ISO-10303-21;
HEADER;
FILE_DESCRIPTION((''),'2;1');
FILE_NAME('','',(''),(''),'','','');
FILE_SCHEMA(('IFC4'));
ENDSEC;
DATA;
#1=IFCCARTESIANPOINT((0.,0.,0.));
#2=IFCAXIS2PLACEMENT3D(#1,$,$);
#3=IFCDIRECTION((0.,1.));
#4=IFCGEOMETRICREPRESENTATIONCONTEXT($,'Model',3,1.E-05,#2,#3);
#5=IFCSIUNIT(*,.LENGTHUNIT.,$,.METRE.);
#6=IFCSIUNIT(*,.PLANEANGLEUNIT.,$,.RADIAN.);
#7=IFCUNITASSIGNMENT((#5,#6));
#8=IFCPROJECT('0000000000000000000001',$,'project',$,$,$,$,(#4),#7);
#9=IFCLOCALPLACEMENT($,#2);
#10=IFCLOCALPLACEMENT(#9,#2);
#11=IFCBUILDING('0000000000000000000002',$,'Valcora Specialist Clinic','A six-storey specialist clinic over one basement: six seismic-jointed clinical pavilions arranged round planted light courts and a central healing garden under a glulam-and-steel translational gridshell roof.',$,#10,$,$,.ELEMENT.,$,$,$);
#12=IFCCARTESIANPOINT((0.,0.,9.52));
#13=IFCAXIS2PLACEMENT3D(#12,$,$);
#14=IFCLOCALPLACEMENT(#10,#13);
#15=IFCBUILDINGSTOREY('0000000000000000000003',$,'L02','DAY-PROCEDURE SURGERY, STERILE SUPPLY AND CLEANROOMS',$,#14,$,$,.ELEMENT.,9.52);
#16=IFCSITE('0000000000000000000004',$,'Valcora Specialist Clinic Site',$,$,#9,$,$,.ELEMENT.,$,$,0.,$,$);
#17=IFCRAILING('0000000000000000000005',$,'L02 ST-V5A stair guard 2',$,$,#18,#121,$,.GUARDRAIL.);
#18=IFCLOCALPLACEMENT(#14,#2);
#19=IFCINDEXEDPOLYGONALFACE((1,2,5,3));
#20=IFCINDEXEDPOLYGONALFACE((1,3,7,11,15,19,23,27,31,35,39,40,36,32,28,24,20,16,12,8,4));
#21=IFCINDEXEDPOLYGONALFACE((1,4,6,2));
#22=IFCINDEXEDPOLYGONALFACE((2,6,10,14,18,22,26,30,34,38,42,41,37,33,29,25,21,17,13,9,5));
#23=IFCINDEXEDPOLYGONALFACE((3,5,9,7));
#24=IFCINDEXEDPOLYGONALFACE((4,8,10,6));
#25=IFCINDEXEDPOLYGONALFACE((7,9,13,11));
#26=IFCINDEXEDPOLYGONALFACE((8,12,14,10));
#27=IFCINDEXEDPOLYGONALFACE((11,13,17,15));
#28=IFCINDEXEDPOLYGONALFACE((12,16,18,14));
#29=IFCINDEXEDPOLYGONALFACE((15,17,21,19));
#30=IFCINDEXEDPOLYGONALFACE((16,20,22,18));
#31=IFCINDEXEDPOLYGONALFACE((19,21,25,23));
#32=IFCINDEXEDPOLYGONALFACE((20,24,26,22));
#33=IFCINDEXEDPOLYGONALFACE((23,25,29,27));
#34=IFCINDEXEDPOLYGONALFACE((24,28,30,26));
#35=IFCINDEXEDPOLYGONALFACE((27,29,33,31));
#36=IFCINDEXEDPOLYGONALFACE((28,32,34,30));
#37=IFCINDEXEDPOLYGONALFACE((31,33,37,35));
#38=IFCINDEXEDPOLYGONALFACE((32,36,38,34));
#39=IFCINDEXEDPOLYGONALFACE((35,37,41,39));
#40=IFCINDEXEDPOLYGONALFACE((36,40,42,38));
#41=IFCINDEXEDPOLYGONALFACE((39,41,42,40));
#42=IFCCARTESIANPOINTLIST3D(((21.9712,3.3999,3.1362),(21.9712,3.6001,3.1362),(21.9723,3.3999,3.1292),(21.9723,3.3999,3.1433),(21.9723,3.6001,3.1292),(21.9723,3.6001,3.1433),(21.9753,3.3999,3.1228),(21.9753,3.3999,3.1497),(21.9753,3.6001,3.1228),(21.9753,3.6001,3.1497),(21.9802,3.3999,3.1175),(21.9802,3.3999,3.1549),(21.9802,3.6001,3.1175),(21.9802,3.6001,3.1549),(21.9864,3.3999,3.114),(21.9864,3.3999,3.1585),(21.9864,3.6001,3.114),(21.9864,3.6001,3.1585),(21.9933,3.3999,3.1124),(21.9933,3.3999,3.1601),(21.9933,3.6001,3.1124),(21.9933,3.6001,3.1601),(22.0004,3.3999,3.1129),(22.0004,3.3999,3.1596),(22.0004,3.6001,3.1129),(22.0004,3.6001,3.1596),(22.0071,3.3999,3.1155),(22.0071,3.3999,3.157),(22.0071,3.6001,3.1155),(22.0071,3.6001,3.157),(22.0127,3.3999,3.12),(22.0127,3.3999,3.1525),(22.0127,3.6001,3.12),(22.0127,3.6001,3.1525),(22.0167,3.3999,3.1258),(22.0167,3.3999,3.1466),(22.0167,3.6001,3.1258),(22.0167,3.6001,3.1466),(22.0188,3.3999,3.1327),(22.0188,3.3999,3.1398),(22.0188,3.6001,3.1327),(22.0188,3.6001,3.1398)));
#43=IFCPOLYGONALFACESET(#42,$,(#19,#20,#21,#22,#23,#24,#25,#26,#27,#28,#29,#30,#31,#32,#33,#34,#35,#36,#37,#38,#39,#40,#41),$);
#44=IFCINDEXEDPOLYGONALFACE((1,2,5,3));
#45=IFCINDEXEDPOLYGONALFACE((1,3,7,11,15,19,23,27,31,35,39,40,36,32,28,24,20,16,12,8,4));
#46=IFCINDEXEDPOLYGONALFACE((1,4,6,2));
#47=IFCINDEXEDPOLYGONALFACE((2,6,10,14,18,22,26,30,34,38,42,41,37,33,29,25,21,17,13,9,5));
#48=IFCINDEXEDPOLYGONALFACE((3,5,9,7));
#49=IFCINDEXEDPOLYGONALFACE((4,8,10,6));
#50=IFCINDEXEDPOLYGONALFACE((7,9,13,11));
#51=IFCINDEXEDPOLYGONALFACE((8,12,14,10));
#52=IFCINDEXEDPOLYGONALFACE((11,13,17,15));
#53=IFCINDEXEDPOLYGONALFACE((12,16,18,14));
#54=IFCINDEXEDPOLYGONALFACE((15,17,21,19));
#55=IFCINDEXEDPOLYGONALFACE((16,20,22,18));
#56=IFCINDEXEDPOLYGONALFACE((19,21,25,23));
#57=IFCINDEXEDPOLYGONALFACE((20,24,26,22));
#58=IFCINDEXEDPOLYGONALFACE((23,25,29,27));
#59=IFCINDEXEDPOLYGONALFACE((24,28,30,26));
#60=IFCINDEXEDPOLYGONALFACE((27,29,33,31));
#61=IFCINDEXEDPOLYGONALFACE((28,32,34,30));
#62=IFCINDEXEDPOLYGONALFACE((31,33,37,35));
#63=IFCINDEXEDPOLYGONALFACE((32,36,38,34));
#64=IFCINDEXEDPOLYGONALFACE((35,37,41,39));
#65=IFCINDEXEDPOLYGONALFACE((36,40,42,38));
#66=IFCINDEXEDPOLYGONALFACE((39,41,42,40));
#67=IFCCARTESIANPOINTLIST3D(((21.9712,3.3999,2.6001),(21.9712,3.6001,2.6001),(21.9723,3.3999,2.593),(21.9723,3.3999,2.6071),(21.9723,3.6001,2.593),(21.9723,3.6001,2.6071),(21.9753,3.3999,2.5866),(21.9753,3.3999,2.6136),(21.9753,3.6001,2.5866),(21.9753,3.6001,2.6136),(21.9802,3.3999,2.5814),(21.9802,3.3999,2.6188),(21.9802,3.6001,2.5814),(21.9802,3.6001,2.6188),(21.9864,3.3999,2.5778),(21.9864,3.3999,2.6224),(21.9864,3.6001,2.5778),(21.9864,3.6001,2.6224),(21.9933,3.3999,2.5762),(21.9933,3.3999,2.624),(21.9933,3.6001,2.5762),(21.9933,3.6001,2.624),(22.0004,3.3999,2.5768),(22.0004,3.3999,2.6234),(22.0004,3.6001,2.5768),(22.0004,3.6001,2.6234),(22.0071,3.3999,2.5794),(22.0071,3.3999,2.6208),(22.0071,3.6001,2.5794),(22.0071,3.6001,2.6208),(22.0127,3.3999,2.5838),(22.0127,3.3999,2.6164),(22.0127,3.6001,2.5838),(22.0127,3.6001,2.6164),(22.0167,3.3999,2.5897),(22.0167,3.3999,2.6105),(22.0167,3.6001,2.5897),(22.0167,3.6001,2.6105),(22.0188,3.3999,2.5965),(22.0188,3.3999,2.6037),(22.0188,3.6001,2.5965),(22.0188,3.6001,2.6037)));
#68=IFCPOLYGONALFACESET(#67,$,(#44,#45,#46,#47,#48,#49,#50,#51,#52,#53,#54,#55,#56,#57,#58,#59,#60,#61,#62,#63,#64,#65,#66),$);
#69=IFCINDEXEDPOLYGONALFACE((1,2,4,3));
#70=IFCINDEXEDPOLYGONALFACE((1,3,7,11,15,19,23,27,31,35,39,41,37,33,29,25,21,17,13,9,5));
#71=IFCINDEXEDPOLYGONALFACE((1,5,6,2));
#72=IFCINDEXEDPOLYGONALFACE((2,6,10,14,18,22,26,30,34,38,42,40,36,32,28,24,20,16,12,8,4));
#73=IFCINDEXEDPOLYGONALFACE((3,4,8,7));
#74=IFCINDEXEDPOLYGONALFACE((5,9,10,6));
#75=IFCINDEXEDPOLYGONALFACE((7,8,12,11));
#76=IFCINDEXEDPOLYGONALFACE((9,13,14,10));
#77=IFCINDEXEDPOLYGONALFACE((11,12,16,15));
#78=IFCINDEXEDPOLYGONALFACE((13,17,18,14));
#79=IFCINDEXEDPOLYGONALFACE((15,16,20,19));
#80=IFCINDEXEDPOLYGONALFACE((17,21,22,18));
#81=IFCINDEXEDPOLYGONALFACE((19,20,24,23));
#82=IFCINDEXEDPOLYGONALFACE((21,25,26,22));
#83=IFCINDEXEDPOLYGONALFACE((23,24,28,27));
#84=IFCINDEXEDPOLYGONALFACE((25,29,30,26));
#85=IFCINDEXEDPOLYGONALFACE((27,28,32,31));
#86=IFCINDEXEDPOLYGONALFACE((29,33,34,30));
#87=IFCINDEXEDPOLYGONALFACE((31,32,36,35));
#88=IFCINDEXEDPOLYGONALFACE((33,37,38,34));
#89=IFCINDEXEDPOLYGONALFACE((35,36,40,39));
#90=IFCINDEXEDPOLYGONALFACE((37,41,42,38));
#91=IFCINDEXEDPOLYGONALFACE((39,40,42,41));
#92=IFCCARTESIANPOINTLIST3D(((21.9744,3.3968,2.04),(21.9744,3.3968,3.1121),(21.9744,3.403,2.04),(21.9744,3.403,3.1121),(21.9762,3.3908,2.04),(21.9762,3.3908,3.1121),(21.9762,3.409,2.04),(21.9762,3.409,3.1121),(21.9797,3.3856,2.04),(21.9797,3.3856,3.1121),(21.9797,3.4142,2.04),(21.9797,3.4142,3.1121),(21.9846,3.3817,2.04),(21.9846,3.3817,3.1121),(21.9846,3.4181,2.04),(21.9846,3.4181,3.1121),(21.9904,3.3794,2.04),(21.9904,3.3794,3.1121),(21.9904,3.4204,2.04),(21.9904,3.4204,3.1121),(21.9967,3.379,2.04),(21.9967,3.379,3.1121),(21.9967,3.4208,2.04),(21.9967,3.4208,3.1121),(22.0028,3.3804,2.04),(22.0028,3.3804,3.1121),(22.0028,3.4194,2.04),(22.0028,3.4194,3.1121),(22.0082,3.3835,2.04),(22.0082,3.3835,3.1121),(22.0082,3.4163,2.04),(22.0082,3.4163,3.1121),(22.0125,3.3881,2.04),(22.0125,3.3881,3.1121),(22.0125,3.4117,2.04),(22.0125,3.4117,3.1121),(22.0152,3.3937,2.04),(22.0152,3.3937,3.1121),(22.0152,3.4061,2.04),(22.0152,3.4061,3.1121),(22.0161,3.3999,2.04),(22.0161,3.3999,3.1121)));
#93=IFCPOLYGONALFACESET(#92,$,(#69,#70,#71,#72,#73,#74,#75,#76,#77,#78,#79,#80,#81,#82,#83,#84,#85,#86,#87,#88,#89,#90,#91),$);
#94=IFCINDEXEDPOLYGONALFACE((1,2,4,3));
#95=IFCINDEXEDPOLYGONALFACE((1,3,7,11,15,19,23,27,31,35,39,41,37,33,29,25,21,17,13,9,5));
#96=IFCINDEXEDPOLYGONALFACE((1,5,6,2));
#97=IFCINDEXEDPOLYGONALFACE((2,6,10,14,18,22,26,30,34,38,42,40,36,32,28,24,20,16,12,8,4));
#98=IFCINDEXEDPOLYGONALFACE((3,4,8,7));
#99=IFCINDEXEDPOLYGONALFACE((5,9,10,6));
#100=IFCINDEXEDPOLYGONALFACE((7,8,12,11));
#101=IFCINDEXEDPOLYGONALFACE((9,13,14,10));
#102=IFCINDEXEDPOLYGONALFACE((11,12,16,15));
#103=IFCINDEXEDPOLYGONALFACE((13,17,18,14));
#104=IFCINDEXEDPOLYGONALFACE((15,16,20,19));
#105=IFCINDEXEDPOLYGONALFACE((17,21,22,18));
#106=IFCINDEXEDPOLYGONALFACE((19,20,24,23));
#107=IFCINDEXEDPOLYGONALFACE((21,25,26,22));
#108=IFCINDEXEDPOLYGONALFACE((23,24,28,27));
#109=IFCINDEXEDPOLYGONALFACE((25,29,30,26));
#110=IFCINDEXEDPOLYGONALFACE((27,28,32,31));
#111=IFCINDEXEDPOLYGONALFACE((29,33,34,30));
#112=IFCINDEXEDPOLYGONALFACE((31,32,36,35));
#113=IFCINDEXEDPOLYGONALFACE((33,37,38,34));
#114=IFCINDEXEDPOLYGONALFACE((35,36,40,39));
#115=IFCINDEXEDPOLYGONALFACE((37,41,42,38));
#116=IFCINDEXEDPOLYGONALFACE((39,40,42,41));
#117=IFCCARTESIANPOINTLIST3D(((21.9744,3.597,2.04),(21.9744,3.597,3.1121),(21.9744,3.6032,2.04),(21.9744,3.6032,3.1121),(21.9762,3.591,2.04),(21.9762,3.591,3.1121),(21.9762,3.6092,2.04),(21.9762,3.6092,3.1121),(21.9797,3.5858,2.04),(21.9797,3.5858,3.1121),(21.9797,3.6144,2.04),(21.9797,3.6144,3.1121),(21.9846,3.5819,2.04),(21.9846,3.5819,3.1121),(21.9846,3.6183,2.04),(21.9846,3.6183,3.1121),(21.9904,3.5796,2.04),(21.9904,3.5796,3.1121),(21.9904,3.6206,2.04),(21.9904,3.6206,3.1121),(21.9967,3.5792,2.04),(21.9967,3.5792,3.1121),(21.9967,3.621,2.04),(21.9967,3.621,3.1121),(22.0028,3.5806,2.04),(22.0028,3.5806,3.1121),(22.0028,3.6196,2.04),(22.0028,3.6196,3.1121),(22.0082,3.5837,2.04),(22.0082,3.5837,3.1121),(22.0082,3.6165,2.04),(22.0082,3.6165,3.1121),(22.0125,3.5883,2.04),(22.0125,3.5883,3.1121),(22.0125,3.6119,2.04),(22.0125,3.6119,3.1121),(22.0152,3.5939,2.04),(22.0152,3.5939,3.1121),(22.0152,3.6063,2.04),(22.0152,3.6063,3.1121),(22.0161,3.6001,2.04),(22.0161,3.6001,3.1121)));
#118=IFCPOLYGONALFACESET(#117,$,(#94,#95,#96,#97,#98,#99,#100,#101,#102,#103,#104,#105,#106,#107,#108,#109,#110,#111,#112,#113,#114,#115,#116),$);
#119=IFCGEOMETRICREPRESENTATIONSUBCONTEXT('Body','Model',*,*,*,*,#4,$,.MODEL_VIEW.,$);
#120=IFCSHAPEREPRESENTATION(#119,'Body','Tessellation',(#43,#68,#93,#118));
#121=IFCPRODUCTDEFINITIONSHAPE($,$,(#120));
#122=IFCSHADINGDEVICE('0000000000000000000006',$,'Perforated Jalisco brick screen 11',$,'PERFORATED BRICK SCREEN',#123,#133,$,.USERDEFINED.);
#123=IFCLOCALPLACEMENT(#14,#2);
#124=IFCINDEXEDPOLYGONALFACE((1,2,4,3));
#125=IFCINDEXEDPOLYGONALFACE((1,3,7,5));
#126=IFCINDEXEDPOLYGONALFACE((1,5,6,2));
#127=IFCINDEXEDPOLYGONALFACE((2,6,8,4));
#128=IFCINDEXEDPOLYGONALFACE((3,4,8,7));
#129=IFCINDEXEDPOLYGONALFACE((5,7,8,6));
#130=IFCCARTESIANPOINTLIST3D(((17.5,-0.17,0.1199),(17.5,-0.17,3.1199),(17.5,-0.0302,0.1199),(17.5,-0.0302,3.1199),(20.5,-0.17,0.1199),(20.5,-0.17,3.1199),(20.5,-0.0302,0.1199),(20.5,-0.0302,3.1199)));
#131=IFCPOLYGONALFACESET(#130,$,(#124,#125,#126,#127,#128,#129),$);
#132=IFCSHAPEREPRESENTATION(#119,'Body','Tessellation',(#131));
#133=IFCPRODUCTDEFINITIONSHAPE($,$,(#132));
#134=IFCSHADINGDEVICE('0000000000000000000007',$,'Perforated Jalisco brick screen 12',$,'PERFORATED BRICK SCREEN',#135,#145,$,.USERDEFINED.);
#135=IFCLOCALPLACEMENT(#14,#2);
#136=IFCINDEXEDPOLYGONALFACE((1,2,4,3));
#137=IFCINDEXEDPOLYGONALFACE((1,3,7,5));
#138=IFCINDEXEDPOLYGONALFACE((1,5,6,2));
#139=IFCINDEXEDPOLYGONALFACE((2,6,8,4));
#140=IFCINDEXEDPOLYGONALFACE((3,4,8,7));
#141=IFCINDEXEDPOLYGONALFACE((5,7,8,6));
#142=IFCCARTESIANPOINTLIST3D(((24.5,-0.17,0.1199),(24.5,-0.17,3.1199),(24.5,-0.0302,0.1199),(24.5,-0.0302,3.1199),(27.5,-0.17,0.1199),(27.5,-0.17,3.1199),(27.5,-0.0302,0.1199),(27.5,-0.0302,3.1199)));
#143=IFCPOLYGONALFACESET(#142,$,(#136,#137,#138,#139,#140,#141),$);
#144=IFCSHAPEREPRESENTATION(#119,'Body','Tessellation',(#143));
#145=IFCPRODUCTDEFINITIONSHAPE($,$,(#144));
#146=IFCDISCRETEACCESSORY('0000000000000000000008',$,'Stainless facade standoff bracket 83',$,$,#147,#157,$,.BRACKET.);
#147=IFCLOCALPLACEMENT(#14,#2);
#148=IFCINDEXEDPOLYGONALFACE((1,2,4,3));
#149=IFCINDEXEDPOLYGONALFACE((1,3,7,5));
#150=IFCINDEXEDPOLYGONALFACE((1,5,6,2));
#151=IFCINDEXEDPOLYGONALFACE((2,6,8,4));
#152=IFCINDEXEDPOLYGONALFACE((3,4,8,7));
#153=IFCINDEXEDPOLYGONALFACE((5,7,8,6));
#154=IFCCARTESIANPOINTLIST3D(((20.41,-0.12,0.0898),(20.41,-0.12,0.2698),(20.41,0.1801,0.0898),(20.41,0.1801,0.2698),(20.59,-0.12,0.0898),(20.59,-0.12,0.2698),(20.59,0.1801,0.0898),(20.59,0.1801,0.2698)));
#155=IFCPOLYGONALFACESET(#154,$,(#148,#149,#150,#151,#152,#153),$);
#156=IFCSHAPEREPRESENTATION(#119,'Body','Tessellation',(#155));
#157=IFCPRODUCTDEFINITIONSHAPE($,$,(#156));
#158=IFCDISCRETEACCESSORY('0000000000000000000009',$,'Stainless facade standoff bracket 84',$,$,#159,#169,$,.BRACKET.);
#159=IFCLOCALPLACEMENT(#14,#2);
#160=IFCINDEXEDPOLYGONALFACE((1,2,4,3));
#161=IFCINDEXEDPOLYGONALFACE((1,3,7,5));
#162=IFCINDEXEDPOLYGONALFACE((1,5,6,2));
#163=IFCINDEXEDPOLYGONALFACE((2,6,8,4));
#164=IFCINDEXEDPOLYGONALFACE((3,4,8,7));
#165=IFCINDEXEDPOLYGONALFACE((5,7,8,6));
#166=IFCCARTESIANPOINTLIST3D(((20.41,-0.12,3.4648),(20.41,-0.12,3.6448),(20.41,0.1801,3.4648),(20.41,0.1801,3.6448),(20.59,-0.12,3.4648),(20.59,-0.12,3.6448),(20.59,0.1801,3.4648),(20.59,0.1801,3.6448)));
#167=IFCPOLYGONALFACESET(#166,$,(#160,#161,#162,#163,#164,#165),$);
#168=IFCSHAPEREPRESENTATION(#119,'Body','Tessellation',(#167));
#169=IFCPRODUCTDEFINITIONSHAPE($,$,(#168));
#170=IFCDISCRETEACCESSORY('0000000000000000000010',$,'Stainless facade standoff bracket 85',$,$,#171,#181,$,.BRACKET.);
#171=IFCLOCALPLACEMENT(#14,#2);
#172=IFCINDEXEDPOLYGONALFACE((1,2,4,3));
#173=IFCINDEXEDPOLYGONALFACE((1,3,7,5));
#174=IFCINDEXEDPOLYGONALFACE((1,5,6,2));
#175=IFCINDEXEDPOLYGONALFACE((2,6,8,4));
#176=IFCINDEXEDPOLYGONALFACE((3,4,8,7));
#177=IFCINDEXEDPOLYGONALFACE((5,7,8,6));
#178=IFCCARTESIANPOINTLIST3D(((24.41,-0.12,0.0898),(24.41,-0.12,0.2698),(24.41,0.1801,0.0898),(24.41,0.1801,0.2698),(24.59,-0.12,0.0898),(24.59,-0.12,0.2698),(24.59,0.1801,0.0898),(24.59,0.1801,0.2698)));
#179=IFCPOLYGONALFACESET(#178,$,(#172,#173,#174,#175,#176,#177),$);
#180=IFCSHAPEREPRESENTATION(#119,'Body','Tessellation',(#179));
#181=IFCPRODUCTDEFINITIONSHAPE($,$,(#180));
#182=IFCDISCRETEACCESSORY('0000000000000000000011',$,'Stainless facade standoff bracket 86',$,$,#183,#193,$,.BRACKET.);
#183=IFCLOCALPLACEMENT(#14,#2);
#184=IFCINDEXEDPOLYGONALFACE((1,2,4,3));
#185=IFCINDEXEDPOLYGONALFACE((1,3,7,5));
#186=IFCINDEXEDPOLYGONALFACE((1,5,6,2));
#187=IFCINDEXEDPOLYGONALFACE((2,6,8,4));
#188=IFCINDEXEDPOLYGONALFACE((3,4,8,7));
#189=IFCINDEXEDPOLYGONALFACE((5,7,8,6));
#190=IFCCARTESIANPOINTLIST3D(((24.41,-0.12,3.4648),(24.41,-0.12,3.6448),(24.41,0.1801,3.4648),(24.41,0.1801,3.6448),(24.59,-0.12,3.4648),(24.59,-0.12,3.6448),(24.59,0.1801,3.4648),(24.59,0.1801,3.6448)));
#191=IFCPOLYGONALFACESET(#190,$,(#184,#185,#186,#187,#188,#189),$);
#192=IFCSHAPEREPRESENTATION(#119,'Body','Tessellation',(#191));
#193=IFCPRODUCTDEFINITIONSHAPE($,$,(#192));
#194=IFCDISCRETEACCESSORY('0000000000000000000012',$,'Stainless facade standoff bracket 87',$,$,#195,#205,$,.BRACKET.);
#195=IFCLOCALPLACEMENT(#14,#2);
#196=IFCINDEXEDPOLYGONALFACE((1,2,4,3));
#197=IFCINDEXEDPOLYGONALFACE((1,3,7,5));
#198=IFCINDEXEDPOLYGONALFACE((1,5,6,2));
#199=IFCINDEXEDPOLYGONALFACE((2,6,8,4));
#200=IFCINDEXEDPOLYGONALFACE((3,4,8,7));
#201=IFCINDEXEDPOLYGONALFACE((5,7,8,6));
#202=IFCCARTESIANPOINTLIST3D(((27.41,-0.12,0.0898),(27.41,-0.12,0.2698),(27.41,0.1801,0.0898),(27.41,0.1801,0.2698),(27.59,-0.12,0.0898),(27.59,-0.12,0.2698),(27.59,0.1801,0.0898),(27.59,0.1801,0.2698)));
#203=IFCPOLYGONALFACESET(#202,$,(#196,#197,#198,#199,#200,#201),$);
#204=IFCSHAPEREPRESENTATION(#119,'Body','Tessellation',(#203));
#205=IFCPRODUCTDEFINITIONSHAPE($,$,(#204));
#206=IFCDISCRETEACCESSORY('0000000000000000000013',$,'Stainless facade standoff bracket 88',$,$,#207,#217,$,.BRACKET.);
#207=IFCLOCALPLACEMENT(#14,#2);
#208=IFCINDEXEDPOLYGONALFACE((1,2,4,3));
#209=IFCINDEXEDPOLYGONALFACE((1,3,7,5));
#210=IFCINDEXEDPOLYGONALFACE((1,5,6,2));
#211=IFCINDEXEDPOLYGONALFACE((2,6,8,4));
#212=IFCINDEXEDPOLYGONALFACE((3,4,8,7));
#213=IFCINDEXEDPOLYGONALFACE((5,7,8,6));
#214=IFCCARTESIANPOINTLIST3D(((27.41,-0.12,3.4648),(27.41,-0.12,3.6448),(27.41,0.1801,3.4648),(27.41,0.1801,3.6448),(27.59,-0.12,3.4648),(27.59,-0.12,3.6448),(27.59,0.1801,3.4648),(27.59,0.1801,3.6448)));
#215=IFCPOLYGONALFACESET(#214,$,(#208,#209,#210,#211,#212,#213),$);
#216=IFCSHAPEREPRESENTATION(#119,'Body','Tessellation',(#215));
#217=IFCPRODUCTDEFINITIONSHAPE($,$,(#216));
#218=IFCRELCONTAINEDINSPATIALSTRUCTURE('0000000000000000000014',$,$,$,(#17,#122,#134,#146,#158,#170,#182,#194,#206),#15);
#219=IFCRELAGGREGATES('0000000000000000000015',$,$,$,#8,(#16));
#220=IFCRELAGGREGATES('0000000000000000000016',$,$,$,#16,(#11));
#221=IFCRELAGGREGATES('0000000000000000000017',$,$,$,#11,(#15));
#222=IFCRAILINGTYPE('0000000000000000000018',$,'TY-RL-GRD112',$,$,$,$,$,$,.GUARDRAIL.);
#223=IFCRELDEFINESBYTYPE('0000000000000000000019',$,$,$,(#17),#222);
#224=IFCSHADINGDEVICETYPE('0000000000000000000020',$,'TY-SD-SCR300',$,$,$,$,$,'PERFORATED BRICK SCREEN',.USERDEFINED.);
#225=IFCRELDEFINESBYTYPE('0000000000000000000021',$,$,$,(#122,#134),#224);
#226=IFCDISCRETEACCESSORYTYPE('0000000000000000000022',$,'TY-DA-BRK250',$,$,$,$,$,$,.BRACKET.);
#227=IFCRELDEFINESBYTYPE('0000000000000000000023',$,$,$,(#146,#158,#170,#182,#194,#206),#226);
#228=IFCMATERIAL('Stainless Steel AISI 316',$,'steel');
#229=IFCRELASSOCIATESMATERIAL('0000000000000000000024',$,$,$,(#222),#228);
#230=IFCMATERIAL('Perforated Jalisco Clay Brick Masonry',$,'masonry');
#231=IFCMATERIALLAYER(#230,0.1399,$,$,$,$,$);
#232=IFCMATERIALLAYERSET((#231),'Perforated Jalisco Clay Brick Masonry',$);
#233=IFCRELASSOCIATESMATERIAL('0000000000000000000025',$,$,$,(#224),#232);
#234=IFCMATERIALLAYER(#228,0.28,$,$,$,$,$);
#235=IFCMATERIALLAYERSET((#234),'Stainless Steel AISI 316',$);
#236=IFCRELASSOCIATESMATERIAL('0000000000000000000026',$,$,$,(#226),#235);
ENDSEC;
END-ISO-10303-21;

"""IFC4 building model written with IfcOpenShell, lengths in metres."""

from ifc_helpers import new_model, si_unit, direction, frame, origin, origin_2d, place, context, subcontext, project, spatial, rectangle, circle, extrude, material, layer, layer_set, type_object, element, save


model = new_model("IFC4")

# Units and contexts
model_context = context("Model", 3, precision=1e-05, world=origin(), true_north=direction((0.0, 1.0)))
body_context = subcontext(model_context, "Body", "Model", "MODEL_VIEW")
ifc_project = project(units=[si_unit("LENGTHUNIT", "METRE"), si_unit("PLANEANGLEUNIT", "RADIAN")], contexts=[model_context])

# Site, building, storey
site_placement = place(None, origin())
site = spatial("IfcSite", under=ifc_project, at=site_placement, Name="Valcora Specialist Clinic Site", CompositionType="ELEMENT", RefElevation=0.0)
building_placement = place(site_placement, origin())
building = spatial("IfcBuilding", under=site, at=building_placement, Name="Valcora Specialist Clinic", Description="A six-storey specialist clinic over one basement: six seismic-jointed clinical pavilions arranged round planted light courts and a central healing garden under a glulam-and-steel translational gridshell roof.", CompositionType="ELEMENT")
storey_placement = place(building_placement, frame((0.0, 0.0, 9.52)))
storey = spatial("IfcBuildingStorey", under=building, at=storey_placement, Name="L02", Description="DAY-PROCEDURE SURGERY, STERILE SUPPLY AND CLEANROOMS", CompositionType="ELEMENT", Elevation=9.52)

# Railing
ifc_material_1 = material(Name="Stainless Steel AISI 316", Category="steel")
railing_type = type_object("IfcRailingType", Name="TY-RL-GRD112", PredefinedType="GUARDRAIL", material=ifc_material_1)
railing_placement = place(storey_placement, frame((21.9951, 3.3999, 2.04)))
element("IfcRailing", 1, at=railing_placement, inside=storey, type_object=railing_type, Name="L02 ST-V5A stair guard 2", PredefinedType="GUARDRAIL", context=body_context, shape_type="SweptSolid", body=[
    extrude(circle(Radius=0.0239, at=origin_2d()), frame((0.0, 0.0, 1.0962), z_axis=(0.0, 1.0, 0.0), x_axis=(-1.0, 0.0, 0.0)), (0.0, 0.0, 1.0), 0.2002),
    extrude(circle(Radius=0.0239, at=origin_2d()), frame((0.0, 0.0, 0.5601), z_axis=(0.0, 1.0, 0.0), x_axis=(-1.0, 0.0, 0.0)), (0.0, 0.0, 1.0), 0.2002),
    extrude(circle(Radius=0.021, at=origin_2d()), origin(), (0.0, 0.0, 1.0), 1.072),
    extrude(circle(Radius=0.021, at=origin_2d()), frame((0.0, 0.2002, 0.0)), (0.0, 0.0, 1.0), 1.072),
])

# Shading devices
ifc_material_2 = material(Name="Perforated Jalisco Clay Brick Masonry", Category="masonry")
ifc_layer_1 = layer(ifc_material_2, 0.1399)
ifc_layer_set_1 = layer_set([ifc_layer_1], Name="Perforated Jalisco Clay Brick Masonry")
shading_device_type = type_object("IfcShadingDeviceType", Name="TY-SD-SCR300", ElementType="PERFORATED BRICK SCREEN", PredefinedType="USERDEFINED", material=ifc_layer_set_1)
for number, where, z_axis, x_axis, name in (
    (2, (19.0, -0.1001, 0.1199), (0.0, 0.0, 1.0), (1.0, 0.0, 0.0), "Perforated Jalisco brick screen 11"),
    (3, (26.0, -0.1001, 0.1199), (0.0, 0.0, 1.0), (1.0, 0.0, 0.0), "Perforated Jalisco brick screen 12"),
):
    element("IfcShadingDevice", number, at=place(storey_placement, frame(where, z_axis=z_axis, x_axis=x_axis)), inside=storey, type_object=shading_device_type, Name=name, ObjectType="PERFORATED BRICK SCREEN", PredefinedType="USERDEFINED", context=body_context, shape_type="SweptSolid", body=[
        extrude(rectangle(XDim=3.0, YDim=0.1399, at=origin_2d()), origin(), (0.0, 0.0, 1.0), 3.0),
    ])

# Discrete accessories
ifc_layer_2 = layer(ifc_material_1, 0.28)
ifc_layer_set_2 = layer_set([ifc_layer_2], Name="Stainless Steel AISI 316")
discrete_accessory_type = type_object("IfcDiscreteAccessoryType", Name="TY-DA-BRK250", PredefinedType="BRACKET", material=ifc_layer_set_2)
for number, where, z_axis, x_axis, name in (
    (4, (20.5, 0.03, 0.0898), (0.0, 0.0, 1.0), (1.0, 0.0, 0.0), "Stainless facade standoff bracket 83"),
    (5, (20.5, 0.03, 3.4648), (0.0, 0.0, 1.0), (1.0, 0.0, 0.0), "Stainless facade standoff bracket 84"),
    (6, (24.5, 0.03, 0.0898), (0.0, 0.0, 1.0), (1.0, 0.0, 0.0), "Stainless facade standoff bracket 85"),
    (7, (24.5, 0.03, 3.4648), (0.0, 0.0, 1.0), (1.0, 0.0, 0.0), "Stainless facade standoff bracket 86"),
    (8, (27.5, 0.03, 0.0898), (0.0, 0.0, 1.0), (1.0, 0.0, 0.0), "Stainless facade standoff bracket 87"),
    (9, (27.5, 0.03, 3.4648), (0.0, 0.0, 1.0), (1.0, 0.0, 0.0), "Stainless facade standoff bracket 88"),
):
    element("IfcDiscreteAccessory", number, at=place(storey_placement, frame(where, z_axis=z_axis, x_axis=x_axis)), inside=storey, type_object=discrete_accessory_type, Name=name, PredefinedType="BRACKET", context=body_context, shape_type="SweptSolid", body=[
        extrude(rectangle(XDim=0.1799, YDim=0.3, at=origin_2d()), origin(), (0.0, 0.0, 1.0), 0.1799),
    ])

save(model, "model.ifc")
